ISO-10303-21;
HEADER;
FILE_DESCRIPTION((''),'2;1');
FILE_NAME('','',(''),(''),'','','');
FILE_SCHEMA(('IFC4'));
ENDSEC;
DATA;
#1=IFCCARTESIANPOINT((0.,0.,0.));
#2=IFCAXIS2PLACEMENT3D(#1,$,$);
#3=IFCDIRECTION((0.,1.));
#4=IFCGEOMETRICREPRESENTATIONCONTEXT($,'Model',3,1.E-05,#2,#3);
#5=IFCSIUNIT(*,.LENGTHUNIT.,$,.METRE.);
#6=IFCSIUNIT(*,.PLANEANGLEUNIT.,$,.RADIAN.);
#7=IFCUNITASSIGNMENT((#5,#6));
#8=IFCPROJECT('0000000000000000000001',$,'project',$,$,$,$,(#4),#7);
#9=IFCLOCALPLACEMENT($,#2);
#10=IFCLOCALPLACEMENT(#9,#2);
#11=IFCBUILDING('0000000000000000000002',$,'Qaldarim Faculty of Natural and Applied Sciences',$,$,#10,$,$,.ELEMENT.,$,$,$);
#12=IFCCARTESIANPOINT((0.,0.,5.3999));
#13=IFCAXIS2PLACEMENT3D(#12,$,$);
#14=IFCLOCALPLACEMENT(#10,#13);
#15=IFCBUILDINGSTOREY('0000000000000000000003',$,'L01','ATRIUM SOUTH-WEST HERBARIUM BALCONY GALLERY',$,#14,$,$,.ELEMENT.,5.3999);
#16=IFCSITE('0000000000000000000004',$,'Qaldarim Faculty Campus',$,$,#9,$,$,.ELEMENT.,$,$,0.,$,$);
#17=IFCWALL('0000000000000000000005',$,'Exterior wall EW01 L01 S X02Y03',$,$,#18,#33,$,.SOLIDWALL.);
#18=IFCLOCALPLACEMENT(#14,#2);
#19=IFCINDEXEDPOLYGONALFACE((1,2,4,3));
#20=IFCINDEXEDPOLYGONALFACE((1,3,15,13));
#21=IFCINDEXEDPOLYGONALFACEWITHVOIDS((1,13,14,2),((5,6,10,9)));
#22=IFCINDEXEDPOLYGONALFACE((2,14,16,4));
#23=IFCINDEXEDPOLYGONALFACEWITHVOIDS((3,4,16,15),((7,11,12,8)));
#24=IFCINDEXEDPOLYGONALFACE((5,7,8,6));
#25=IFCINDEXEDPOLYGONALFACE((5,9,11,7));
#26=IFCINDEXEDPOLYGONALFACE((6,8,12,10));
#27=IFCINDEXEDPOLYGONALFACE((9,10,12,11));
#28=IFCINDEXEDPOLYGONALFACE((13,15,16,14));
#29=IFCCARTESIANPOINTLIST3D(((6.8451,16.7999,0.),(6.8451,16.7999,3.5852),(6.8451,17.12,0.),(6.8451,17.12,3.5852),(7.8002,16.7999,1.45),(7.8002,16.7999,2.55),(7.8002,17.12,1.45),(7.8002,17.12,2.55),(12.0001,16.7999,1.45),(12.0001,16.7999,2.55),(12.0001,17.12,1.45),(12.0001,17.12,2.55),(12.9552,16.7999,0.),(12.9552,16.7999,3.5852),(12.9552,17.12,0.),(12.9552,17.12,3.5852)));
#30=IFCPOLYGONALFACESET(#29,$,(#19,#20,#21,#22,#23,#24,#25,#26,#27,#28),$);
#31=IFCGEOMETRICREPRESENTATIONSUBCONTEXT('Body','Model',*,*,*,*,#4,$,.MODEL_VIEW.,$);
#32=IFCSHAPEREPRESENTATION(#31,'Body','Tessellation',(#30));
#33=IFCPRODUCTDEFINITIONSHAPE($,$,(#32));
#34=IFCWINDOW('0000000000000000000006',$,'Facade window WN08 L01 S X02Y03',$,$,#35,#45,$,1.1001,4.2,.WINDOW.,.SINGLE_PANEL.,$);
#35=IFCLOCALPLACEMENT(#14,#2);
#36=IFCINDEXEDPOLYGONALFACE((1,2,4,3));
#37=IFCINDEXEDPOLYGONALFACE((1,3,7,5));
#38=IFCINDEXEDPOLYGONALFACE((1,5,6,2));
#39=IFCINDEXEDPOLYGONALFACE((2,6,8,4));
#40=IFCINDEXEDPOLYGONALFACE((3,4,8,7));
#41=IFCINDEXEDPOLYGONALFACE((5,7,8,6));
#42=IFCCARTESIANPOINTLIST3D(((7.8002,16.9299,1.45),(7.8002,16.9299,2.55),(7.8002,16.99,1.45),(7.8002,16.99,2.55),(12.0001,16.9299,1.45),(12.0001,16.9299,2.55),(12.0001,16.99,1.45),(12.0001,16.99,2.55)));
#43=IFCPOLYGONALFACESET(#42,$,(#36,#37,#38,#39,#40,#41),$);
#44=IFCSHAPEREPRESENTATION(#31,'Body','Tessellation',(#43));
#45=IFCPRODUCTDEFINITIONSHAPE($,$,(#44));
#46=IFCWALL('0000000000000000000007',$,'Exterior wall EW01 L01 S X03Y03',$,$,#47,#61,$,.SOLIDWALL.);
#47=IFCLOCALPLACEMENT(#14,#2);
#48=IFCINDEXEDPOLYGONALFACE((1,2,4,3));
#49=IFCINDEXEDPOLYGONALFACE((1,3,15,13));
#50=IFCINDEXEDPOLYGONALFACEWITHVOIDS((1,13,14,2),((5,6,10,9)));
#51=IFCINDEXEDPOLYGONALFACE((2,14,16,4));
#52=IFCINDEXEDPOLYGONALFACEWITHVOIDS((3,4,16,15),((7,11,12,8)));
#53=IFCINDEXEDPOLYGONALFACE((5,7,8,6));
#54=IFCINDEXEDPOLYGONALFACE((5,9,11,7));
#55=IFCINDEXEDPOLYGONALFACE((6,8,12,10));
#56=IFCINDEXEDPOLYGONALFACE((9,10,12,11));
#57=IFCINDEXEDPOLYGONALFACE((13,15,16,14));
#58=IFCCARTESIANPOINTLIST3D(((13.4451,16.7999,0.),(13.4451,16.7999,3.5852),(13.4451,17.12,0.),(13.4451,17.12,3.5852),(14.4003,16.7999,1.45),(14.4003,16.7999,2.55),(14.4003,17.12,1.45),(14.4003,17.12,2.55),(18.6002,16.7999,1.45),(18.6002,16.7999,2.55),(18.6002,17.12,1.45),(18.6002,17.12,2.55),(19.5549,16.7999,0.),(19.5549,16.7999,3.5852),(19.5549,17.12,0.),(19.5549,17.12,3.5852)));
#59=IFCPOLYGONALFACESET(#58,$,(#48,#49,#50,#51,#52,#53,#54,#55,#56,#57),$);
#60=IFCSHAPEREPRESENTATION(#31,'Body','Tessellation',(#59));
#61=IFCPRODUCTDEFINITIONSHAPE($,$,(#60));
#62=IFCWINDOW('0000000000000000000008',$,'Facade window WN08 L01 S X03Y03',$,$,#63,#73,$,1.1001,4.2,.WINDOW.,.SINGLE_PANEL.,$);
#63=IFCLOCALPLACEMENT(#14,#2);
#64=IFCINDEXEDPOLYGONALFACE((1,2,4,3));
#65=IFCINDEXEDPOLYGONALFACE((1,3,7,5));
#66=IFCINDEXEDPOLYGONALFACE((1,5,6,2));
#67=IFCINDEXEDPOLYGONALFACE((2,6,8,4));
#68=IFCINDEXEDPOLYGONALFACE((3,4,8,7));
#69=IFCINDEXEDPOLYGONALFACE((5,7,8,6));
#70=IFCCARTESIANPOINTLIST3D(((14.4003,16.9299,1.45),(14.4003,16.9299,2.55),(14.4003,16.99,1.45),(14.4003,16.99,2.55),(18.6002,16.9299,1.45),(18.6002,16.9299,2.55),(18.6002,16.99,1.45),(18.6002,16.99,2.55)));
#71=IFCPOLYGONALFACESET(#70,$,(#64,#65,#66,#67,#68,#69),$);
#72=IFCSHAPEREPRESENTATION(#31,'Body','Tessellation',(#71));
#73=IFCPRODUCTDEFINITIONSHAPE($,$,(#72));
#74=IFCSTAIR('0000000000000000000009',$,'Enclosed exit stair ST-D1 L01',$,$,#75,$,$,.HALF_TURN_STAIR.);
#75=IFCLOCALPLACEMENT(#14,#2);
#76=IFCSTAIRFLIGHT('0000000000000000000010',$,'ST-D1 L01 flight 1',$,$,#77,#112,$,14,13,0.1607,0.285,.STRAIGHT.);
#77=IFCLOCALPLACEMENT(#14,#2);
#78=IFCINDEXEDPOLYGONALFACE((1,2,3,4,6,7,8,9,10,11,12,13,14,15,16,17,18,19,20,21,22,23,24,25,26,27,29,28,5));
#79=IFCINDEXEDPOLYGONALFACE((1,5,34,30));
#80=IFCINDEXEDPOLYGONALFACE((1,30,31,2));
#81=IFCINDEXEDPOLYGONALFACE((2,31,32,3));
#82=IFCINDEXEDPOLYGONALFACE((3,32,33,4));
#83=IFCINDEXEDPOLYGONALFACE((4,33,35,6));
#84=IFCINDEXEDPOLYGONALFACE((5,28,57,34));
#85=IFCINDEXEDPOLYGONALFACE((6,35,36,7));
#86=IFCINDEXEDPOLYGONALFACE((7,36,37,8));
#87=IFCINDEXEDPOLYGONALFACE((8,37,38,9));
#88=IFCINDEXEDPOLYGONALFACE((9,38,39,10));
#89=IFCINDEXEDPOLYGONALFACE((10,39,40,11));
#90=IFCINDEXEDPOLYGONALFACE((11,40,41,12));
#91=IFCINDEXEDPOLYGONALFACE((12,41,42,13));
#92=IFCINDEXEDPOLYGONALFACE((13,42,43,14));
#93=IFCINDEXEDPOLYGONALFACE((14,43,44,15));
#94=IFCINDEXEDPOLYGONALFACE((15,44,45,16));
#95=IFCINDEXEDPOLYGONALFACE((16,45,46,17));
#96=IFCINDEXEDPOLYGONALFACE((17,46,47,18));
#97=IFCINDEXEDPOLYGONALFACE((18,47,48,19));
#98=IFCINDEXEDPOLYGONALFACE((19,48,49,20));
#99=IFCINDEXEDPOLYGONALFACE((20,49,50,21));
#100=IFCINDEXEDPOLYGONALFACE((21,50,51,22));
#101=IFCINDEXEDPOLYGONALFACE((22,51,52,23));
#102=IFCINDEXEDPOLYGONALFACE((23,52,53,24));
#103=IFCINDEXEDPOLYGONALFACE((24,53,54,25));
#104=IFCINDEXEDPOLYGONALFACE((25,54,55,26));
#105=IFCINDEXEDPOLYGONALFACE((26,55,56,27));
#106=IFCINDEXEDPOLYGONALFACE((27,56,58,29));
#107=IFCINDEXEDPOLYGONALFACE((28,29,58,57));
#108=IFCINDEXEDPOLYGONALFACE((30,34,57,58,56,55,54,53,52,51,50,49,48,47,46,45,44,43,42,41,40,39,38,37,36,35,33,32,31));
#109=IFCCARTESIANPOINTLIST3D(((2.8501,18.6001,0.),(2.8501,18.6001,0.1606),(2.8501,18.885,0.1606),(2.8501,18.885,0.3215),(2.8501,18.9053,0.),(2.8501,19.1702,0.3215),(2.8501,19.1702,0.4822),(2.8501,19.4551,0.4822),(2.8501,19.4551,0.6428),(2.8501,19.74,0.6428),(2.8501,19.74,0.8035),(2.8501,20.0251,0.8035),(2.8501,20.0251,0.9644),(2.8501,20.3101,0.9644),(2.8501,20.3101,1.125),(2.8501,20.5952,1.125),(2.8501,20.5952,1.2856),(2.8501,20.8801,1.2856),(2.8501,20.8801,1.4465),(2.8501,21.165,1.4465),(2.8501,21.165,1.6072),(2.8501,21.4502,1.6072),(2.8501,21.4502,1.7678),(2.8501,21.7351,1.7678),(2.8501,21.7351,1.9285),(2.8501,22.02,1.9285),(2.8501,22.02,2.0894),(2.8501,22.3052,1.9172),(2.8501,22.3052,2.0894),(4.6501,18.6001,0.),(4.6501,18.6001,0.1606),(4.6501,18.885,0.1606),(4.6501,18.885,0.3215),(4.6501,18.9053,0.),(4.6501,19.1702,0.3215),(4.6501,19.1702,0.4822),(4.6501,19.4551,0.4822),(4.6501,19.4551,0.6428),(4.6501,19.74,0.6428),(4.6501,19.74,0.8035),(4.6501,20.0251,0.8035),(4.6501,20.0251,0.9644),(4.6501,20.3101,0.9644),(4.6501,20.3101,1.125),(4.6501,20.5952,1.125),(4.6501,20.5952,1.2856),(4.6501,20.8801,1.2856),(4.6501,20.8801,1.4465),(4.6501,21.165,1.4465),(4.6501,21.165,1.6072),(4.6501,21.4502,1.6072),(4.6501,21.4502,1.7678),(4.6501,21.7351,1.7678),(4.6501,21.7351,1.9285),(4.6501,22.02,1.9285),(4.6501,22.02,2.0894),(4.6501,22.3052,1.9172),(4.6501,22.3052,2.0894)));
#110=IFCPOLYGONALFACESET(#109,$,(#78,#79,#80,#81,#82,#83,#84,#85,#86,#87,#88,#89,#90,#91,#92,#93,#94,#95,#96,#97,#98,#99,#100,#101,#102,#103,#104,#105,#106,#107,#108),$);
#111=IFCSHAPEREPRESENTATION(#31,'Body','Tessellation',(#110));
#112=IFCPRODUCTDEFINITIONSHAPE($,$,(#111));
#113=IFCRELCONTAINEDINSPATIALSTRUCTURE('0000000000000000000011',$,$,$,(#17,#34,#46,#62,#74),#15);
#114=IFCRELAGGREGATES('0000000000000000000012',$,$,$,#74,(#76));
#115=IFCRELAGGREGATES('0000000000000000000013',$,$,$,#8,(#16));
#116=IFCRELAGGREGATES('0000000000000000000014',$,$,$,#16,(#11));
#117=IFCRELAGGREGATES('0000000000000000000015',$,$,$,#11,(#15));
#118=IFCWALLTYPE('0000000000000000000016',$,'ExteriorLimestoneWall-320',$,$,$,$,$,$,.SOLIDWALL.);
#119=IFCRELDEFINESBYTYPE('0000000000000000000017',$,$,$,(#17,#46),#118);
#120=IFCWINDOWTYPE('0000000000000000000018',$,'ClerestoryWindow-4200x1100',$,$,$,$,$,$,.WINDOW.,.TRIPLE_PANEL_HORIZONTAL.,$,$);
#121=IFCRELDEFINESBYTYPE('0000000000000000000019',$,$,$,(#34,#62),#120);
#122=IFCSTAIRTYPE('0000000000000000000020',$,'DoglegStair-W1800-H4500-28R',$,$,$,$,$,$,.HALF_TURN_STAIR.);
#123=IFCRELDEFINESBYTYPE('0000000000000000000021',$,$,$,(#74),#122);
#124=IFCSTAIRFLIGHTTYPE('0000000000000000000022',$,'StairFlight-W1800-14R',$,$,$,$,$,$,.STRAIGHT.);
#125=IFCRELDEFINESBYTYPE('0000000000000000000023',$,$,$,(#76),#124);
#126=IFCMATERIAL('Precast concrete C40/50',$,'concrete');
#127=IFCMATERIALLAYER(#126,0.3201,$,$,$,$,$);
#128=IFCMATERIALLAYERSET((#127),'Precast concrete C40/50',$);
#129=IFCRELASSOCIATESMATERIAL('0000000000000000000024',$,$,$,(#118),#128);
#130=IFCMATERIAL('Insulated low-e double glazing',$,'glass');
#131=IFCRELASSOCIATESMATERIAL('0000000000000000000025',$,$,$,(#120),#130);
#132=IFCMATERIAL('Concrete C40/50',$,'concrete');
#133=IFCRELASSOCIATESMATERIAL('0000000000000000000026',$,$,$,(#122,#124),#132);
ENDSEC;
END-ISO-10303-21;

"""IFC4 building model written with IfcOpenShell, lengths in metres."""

from ifc_helpers import new_model, si_unit, direction, frame, frame_2d, origin, place, context, subcontext, project, spatial, polyline, rectangle, outline, extrude, material, layer, layer_set, type_object, element, fill, aggregate, save


model = new_model("IFC4")

# Units and contexts
model_context = context("Model", 3, precision=1e-05, world=origin(), true_north=direction((0.0, 1.0)))
body_context = subcontext(model_context, "Body", "Model", "MODEL_VIEW")
ifc_project = project(units=[si_unit("LENGTHUNIT", "METRE"), si_unit("PLANEANGLEUNIT", "RADIAN")], contexts=[model_context])

# Site, building, storey
site_placement = place(None, origin())
site = spatial("IfcSite", under=ifc_project, at=site_placement, Name="Qaldarim Faculty Campus", CompositionType="ELEMENT", RefElevation=0.0)
building_placement = place(site_placement, origin())
building = spatial("IfcBuilding", under=site, at=building_placement, Name="Qaldarim Faculty of Natural and Applied Sciences", CompositionType="ELEMENT")
storey_placement = place(building_placement, frame((0.0, 0.0, 5.3999)))
storey = spatial("IfcBuildingStorey", under=building, at=storey_placement, Name="L01", Description="ATRIUM SOUTH-WEST HERBARIUM BALCONY GALLERY", CompositionType="ELEMENT", Elevation=5.3999)

# Shared definitions
ifc_material_1 = material(Name="Concrete C40/50", Category="concrete")

# Walls, openings, windows
ifc_material_2 = material(Name="Precast concrete C40/50", Category="concrete")
ifc_layer_1 = layer(ifc_material_2, 0.3201)
ifc_layer_set_1 = layer_set([ifc_layer_1], Name="Precast concrete C40/50")
wall_type_1 = type_object("IfcWallType", Name="ExteriorLimestoneWall-320", PredefinedType="SOLIDWALL", material=ifc_layer_set_1)
wall_1_placement = place(storey_placement, frame((6.845, 16.96, 0.0), z_axis=(0.0, 0.0, 1.0), x_axis=(1.0, 0.0, 0.0)))
wall_1 = element("IfcWall", 1, at=wall_1_placement, inside=storey, type_object=wall_type_1, Name="Exterior wall EW01 L01 S X02Y03", PredefinedType="SOLIDWALL", context=body_context, shape_type="SweptSolid", body=[
    extrude(rectangle(XDim=6.1101, YDim=0.3201, at=frame_2d((3.0552, 0.0))), origin(), (0.0, 0.0, 1.0), 3.5852),
])
opening_1_placement = place(wall_1_placement, frame((0.9551, 0.0, 1.45)))
opening_1 = element("IfcOpeningElement", 2, at=opening_1_placement, cuts=wall_1, PredefinedType="OPENING", context=body_context, shape_type="SweptSolid", body=[
    extrude(rectangle(XDim=4.2, YDim=1.1001, at=frame_2d((2.1001, 0.55))), frame((0.0, 0.1699, 0.0), z_axis=(0.0, -1.0, 0.0), x_axis=(1.0, 0.0, 0.0)), (0.0, 0.0, 1.0), 0.3401),
])
ifc_material_3 = material(Name="Insulated low-e double glazing", Category="glass")
window_type = type_object("IfcWindowType", Name="ClerestoryWindow-4200x1100", PartitioningType="TRIPLE_PANEL_HORIZONTAL", PredefinedType="WINDOW", material=ifc_material_3)
window_1_placement = place(opening_1_placement, origin())
window_1 = element("IfcWindow", 3, at=window_1_placement, inside=storey, type_object=window_type, Name="Facade window WN08 L01 S X02Y03", OverallHeight=1.1001, OverallWidth=4.2, PartitioningType="SINGLE_PANEL", PredefinedType="WINDOW", context=body_context, shape_type="SweptSolid", body=[
    extrude(rectangle(XDim=4.2, YDim=1.1001, at=frame_2d((2.1001, 0.55))), frame((0.0, 0.03, 0.0), z_axis=(0.0, -1.0, 0.0), x_axis=(1.0, 0.0, 0.0)), (0.0, 0.0, 1.0), 0.0601),
])
fill(opening_1, window_1)
wall_2_placement = place(storey_placement, frame((13.4451, 16.96, 0.0), z_axis=(0.0, 0.0, 1.0), x_axis=(1.0, 0.0, 0.0)))
wall_2 = element("IfcWall", 4, at=wall_2_placement, inside=storey, type_object=wall_type_1, Name="Exterior wall EW01 L01 S X03Y03", PredefinedType="SOLIDWALL", context=body_context, shape_type="SweptSolid", body=[
    extrude(rectangle(XDim=6.1099, YDim=0.3201, at=frame_2d((3.0549, 0.0))), origin(), (0.0, 0.0, 1.0), 3.5852),
])
opening_2_placement = place(wall_2_placement, frame((0.9551, 0.0, 1.45)))
opening_2 = element("IfcOpeningElement", 5, at=opening_2_placement, cuts=wall_2, PredefinedType="OPENING", context=body_context, shape_type="SweptSolid", body=[
    extrude(rectangle(XDim=4.2, YDim=1.1001, at=frame_2d((2.1001, 0.55))), frame((0.0, 0.1699, 0.0), z_axis=(0.0, -1.0, 0.0), x_axis=(1.0, 0.0, 0.0)), (0.0, 0.0, 1.0), 0.3401),
])
window_2_placement = place(opening_2_placement, origin())
window_2 = element("IfcWindow", 6, at=window_2_placement, inside=storey, type_object=window_type, Name="Facade window WN08 L01 S X03Y03", OverallHeight=1.1001, OverallWidth=4.2, PartitioningType="SINGLE_PANEL", PredefinedType="WINDOW", context=body_context, shape_type="SweptSolid", body=[
    extrude(rectangle(XDim=4.2, YDim=1.1001, at=frame_2d((2.1001, 0.55))), frame((0.0, 0.03, 0.0), z_axis=(0.0, -1.0, 0.0), x_axis=(1.0, 0.0, 0.0)), (0.0, 0.0, 1.0), 0.0601),
])
fill(opening_2, window_2)

# Stair, stair flight
stair_type = type_object("IfcStairType", Name="DoglegStair-W1800-H4500-28R", PredefinedType="HALF_TURN_STAIR", material=ifc_material_1)
stair_placement = place(storey_placement, origin())
stair = element("IfcStair", 7, at=stair_placement, inside=storey, type_object=stair_type, Name="Enclosed exit stair ST-D1 L01", PredefinedType="HALF_TURN_STAIR")
stair_flight_type = type_object("IfcStairFlightType", Name="StairFlight-W1800-14R", PredefinedType="STRAIGHT", material=ifc_material_1)
stair_flight_placement = place(storey_placement, frame((3.75, 18.6001, 0.0), z_axis=(0.0, 0.0, 1.0), x_axis=(0.0, 1.0, 0.0)))
stair_flight = element("IfcStairFlight", 8, at=stair_flight_placement, type_object=stair_flight_type, Name="ST-D1 L01 flight 1", NumberOfRisers=14, NumberOfTreads=13, PredefinedType="STRAIGHT", RiserHeight=0.1607, TreadLength=0.285, context=body_context, shape_type="SweptSolid", body=[
    extrude(outline(polyline([(0.0, 0.0), (0.0, 0.1606), (0.2849, 0.1606), (0.2849, 0.3215), (0.5701, 0.3215), (0.5701, 0.4822), (0.855, 0.4822), (0.855, 0.6428), (1.1399, 0.6428), (1.1399, 0.8035), (1.425, 0.8035), (1.425, 0.9644), (1.71, 0.9644), (1.71, 1.125), (1.9951, 1.125), (1.9951, 1.2856), (2.28, 1.2856), (2.28, 1.4465), (2.5649, 1.4465), (2.5649, 1.6072), (2.8501, 1.6072), (2.8501, 1.7678), (3.135, 1.7678), (3.135, 1.9285), (3.4199, 1.9285), (3.4199, 2.0894), (3.7051, 2.0894), (3.7051, 2.25), (3.7051, 1.9172), (0.3052, 0.0), (0.0, 0.0)])), frame((0.0, 0.8999, 0.0), z_axis=(0.0, -1.0, 0.0), x_axis=(1.0, 0.0, 0.0)), (0.0, 0.0, 1.0), 1.8),
])
aggregate(stair, [stair_flight])

save(model, "model.ifc")
